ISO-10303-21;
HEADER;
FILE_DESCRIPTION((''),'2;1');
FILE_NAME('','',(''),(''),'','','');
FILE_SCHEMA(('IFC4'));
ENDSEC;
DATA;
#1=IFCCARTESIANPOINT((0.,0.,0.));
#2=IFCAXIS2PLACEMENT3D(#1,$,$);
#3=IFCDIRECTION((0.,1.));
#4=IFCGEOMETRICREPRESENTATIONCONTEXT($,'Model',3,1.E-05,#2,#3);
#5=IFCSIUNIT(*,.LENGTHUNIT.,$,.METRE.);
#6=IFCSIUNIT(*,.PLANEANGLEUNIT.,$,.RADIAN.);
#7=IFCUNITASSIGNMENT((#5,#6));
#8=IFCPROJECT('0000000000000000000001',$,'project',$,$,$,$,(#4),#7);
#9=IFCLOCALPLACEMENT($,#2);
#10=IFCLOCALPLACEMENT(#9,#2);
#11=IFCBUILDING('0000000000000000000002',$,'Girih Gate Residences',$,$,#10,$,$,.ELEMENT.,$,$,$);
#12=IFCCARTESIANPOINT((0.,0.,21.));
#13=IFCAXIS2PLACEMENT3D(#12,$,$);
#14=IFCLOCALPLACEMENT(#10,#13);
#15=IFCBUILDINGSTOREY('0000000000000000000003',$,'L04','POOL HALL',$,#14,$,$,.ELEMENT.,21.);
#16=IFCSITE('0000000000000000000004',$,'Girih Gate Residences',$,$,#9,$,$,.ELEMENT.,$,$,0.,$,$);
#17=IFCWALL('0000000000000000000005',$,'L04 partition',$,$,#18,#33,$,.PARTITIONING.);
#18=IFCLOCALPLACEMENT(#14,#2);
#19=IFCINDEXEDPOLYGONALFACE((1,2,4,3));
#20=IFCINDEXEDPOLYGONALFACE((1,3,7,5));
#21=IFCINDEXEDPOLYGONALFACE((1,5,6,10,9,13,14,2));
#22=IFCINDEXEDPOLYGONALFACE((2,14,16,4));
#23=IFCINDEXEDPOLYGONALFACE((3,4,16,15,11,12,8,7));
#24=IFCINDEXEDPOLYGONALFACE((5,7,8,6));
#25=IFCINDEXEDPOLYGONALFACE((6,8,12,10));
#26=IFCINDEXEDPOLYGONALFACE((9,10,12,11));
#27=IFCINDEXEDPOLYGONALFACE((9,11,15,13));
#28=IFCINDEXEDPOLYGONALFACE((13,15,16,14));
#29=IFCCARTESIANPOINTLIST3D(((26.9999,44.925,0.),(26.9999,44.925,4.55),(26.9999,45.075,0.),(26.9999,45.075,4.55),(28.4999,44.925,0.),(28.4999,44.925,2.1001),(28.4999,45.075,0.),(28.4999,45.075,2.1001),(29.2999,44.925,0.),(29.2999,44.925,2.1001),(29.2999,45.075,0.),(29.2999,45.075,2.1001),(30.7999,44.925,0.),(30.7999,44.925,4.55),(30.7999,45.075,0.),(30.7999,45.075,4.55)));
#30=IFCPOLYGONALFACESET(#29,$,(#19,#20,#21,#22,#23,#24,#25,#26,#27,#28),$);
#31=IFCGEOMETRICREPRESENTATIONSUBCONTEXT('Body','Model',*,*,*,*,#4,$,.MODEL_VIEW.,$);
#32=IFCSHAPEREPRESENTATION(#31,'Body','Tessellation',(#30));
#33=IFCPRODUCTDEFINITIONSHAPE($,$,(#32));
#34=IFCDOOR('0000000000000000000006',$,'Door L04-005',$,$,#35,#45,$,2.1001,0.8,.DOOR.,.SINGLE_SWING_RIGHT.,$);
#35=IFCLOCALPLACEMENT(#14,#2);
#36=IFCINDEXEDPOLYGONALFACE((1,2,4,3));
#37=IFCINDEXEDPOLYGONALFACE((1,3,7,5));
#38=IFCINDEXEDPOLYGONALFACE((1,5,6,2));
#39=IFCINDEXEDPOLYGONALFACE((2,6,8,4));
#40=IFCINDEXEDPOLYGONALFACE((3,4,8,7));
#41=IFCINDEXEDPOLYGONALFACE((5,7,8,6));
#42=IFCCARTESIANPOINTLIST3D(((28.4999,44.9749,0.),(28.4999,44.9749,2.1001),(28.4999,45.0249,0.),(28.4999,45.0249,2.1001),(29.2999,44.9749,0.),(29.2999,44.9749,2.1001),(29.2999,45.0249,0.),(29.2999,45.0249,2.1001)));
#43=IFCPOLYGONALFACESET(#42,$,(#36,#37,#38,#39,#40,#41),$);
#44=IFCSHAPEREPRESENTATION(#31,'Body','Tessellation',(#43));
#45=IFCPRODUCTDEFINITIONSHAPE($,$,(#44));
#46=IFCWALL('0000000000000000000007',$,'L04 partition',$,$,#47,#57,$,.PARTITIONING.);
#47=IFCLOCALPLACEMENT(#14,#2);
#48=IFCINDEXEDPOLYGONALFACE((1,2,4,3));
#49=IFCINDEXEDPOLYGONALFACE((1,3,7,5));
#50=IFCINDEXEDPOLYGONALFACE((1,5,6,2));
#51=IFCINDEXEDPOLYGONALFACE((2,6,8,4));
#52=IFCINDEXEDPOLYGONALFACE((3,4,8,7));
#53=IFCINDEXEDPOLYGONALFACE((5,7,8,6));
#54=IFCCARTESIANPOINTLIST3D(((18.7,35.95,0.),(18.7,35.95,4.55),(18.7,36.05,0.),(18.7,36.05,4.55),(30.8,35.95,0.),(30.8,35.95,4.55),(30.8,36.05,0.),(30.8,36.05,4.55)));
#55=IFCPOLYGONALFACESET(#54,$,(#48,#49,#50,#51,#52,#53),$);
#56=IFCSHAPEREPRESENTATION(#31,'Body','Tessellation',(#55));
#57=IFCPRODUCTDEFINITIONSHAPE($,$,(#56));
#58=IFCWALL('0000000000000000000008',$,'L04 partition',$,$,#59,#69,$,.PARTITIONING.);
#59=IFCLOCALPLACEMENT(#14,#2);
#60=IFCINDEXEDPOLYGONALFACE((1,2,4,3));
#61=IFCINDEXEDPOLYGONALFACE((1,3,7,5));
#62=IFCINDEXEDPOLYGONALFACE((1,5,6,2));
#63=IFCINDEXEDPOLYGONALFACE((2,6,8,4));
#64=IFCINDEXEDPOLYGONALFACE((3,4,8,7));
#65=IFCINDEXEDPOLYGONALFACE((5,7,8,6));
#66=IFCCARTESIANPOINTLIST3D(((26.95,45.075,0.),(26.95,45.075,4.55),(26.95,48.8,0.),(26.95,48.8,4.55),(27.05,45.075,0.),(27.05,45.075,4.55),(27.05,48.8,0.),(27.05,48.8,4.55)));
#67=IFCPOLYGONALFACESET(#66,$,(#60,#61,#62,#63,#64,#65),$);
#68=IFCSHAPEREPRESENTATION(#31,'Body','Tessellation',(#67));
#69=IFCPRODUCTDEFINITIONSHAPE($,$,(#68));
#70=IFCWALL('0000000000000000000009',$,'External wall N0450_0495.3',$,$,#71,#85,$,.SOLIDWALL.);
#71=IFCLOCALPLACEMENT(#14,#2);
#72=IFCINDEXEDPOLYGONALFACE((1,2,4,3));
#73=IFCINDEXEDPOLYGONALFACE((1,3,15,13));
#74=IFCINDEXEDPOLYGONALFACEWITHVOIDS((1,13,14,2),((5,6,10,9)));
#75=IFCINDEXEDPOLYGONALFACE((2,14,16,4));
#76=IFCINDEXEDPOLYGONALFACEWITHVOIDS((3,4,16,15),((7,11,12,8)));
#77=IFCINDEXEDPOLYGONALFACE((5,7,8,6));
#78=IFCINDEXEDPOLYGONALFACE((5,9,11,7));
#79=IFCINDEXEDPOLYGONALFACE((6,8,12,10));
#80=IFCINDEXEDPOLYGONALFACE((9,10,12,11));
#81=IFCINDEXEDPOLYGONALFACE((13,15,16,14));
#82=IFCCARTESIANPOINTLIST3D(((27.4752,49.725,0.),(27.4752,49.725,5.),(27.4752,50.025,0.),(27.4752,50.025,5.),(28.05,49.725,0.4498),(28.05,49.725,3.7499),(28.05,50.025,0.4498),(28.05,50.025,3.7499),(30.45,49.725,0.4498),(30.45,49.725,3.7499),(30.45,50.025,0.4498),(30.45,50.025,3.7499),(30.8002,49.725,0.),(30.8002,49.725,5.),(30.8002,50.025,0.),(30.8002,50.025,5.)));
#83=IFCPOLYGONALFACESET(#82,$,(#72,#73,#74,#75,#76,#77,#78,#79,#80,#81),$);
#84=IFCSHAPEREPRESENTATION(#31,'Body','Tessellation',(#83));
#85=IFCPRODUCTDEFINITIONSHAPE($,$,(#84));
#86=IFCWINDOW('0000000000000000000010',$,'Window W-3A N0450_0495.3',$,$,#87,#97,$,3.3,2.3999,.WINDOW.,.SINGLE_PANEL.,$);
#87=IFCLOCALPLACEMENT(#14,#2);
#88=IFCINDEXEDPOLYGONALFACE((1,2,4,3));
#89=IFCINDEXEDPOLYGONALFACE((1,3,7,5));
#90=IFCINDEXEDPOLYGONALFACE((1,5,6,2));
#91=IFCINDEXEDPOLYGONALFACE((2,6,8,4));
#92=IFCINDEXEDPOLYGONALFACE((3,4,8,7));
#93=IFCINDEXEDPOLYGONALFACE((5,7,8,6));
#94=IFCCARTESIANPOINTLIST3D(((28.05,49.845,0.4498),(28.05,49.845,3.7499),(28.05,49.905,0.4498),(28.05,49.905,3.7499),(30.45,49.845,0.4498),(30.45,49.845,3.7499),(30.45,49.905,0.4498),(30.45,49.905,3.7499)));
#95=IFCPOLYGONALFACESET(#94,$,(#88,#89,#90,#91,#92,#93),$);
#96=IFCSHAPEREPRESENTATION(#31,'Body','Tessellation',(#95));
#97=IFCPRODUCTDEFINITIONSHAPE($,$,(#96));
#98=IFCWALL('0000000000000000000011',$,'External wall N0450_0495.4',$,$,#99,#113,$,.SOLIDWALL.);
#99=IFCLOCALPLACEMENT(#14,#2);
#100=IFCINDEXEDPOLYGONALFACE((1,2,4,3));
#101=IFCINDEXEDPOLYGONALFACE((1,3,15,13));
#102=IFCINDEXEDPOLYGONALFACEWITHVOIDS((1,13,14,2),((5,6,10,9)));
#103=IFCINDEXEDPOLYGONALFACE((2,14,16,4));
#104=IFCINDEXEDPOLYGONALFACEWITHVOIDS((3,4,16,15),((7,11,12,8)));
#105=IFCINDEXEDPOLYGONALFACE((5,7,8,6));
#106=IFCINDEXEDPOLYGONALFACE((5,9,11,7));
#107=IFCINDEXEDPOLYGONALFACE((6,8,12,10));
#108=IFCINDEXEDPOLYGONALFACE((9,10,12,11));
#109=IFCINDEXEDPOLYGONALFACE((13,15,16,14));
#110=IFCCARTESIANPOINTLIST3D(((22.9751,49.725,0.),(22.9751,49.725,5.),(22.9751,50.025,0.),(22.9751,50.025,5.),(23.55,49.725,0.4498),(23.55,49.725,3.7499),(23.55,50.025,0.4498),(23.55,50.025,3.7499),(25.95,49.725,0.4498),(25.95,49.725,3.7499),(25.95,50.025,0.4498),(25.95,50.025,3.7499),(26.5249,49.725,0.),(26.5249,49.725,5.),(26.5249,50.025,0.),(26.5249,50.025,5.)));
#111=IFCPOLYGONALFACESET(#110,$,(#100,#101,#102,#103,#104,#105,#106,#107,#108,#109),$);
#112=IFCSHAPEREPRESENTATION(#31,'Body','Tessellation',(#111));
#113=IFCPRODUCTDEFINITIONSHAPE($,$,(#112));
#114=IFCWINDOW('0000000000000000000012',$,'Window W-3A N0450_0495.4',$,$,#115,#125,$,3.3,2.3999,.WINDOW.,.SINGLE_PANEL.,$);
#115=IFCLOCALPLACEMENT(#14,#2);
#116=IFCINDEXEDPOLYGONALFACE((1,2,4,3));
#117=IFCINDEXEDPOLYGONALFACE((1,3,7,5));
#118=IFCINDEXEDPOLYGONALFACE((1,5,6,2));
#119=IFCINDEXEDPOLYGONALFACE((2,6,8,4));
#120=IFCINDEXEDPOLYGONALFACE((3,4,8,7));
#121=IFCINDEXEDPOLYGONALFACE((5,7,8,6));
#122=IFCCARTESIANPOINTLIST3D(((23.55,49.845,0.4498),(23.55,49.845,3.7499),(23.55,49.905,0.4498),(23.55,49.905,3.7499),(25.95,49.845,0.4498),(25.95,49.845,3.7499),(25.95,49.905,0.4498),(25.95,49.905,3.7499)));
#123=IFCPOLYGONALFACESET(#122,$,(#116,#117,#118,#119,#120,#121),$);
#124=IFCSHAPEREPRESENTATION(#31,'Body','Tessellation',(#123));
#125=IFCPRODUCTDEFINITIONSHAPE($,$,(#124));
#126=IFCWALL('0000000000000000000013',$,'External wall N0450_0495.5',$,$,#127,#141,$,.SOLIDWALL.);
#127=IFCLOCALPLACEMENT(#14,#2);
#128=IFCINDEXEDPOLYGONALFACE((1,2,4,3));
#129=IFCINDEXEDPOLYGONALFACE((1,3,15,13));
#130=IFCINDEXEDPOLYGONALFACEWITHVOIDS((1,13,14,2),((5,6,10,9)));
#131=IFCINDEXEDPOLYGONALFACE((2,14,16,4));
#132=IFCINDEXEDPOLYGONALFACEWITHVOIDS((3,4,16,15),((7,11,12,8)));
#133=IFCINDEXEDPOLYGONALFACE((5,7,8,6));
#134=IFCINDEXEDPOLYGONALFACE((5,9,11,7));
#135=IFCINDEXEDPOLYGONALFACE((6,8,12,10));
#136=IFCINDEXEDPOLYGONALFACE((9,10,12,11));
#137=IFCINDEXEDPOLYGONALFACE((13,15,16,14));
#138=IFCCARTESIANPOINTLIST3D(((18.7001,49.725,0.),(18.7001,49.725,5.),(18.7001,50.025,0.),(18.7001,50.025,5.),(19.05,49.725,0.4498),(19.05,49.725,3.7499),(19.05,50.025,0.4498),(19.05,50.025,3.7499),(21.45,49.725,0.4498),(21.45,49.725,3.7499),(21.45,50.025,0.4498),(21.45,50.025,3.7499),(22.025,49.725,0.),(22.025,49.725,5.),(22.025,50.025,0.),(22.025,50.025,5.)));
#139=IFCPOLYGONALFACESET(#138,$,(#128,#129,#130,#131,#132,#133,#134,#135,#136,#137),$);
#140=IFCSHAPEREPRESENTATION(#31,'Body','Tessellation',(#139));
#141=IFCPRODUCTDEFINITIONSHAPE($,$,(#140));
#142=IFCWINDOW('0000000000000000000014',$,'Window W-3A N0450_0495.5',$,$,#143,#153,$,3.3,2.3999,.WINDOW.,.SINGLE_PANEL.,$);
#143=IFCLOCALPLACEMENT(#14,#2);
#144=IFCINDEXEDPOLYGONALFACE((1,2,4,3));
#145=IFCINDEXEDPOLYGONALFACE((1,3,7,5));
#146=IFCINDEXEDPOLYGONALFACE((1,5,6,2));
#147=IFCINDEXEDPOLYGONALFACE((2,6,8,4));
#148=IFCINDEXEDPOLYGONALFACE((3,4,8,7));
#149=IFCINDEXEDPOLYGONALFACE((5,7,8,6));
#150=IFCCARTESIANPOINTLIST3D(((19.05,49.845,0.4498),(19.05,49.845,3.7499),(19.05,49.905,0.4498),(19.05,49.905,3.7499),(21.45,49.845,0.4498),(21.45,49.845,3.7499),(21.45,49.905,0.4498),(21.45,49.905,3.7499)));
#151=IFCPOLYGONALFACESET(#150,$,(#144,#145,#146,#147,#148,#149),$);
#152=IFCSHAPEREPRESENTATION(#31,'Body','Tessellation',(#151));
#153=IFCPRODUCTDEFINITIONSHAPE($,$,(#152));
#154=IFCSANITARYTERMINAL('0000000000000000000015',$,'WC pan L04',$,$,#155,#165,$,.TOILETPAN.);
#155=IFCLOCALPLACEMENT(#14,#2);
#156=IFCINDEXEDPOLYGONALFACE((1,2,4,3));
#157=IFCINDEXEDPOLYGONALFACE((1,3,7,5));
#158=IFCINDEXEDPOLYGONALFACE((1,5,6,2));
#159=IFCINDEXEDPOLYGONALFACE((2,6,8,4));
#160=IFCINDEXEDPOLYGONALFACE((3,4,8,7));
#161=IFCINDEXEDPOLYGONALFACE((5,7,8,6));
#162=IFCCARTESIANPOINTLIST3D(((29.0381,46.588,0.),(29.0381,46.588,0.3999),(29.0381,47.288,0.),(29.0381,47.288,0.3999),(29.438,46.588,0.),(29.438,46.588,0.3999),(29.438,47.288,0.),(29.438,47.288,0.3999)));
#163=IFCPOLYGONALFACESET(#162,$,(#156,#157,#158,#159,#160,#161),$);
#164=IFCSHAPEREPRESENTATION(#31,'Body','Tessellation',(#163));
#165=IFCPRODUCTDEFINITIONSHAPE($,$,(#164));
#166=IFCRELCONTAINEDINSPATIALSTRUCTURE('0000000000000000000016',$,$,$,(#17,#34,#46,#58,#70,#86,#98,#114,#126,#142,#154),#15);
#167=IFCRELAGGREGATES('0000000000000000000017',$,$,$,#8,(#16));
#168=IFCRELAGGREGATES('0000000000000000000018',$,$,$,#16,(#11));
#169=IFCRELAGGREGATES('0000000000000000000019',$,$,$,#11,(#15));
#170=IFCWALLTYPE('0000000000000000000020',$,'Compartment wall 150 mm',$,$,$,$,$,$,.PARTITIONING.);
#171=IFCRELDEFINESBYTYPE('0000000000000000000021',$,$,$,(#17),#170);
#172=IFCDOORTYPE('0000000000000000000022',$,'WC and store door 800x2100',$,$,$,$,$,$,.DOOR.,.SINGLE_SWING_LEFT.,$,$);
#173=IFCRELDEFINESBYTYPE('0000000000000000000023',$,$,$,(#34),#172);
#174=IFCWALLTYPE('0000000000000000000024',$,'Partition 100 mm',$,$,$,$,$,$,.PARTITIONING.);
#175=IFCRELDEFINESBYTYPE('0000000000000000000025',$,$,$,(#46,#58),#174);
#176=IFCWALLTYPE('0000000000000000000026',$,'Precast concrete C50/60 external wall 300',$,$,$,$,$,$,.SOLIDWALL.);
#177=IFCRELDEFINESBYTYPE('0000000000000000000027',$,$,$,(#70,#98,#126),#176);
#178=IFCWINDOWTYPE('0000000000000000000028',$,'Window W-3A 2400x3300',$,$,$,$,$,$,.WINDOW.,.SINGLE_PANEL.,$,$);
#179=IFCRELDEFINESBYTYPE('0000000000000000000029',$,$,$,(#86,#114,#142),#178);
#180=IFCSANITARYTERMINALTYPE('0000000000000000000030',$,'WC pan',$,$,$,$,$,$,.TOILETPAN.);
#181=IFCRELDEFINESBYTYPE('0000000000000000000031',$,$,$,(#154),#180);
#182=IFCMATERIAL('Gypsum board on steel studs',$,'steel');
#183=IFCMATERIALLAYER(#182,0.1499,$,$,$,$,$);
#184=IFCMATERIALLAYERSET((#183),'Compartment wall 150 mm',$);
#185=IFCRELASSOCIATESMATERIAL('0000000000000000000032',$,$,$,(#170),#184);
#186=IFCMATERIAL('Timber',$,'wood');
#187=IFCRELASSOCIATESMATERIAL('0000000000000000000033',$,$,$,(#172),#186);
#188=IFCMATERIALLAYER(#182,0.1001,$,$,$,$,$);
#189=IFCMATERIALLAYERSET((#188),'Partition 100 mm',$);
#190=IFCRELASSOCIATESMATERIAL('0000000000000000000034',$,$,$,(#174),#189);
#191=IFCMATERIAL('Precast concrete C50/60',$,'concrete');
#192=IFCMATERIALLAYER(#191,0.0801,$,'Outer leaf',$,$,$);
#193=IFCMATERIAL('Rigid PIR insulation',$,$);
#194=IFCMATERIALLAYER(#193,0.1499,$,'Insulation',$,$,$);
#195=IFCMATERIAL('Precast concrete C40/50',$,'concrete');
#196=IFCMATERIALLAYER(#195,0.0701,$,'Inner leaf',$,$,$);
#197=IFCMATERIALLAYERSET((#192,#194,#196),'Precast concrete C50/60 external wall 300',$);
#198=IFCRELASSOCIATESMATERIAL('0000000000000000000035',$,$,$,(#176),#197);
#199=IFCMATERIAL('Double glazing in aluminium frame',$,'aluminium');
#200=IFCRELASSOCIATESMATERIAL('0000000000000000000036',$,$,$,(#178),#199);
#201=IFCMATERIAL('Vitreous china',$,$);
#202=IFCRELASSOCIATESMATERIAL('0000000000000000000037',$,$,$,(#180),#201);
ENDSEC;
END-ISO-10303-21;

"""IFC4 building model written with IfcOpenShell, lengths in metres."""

from ifc_helpers import new_model, si_unit, direction, frame, frame_2d, origin, origin_2d, place, context, subcontext, project, spatial, rectangle, extrude, material, layer, layer_set, type_object, element, fill, save


model = new_model("IFC4")

# Units and contexts
model_context = context("Model", 3, precision=1e-05, world=origin(), true_north=direction((0.0, 1.0)))
body_context = subcontext(model_context, "Body", "Model", "MODEL_VIEW")
ifc_project = project(units=[si_unit("LENGTHUNIT", "METRE"), si_unit("PLANEANGLEUNIT", "RADIAN")], contexts=[model_context])

# Site, building, storey
site_placement = place(None, origin())
site = spatial("IfcSite", under=ifc_project, at=site_placement, Name="Girih Gate Residences", CompositionType="ELEMENT", RefElevation=0.0)
building_placement = place(site_placement, origin())
building = spatial("IfcBuilding", under=site, at=building_placement, Name="Girih Gate Residences", CompositionType="ELEMENT")
storey_placement = place(building_placement, frame((0.0, 0.0, 21.0)))
storey = spatial("IfcBuildingStorey", under=building, at=storey_placement, Name="L04", Description="POOL HALL", CompositionType="ELEMENT", Elevation=21.0)

# Shared definitions
ifc_material_1 = material(Name="Gypsum board on steel studs", Category="steel")
ifc_layer_1 = layer(ifc_material_1, 0.1499)
ifc_layer_set_1 = layer_set([ifc_layer_1], Name="Compartment wall 150 mm")
wall_type_1 = type_object("IfcWallType", Name="Compartment wall 150 mm", PredefinedType="PARTITIONING", material=ifc_layer_set_1)
ifc_material_2 = material(Name="Timber", Category="wood")
door_type_1 = type_object("IfcDoorType", Name="WC and store door 800x2100", OperationType="SINGLE_SWING_LEFT", PredefinedType="DOOR", material=ifc_material_2)

# Wall, opening, door
wall_1_placement = place(storey_placement, frame((27.0, 45.0, 0.0), z_axis=(0.0, 0.0, 1.0), x_axis=(1.0, 0.0, 0.0)))
wall_1 = element("IfcWall", 1, at=wall_1_placement, inside=storey, type_object=wall_type_1, Name="L04 partition", PredefinedType="PARTITIONING", context=body_context, shape_type="SweptSolid", body=[
    extrude(rectangle(XDim=3.8, YDim=0.1499, at=frame_2d((1.8999, 0.0))), origin(), (0.0, 0.0, 1.0), 4.55),
])
opening_1_placement = place(wall_1_placement, frame((1.5, 0.0, 0.0)))
opening_1 = element("IfcOpeningElement", 2, at=opening_1_placement, cuts=wall_1, PredefinedType="OPENING", context=body_context, shape_type="SweptSolid", body=[
    extrude(rectangle(XDim=0.8, YDim=2.1001, at=frame_2d((0.3999, 1.05))), frame((0.0, 0.085, 0.0), z_axis=(0.0, -1.0, 0.0), x_axis=(1.0, 0.0, 0.0)), (0.0, 0.0, 1.0), 0.1699),
])
door_1_placement = place(opening_1_placement, origin())
door_1 = element("IfcDoor", 3, at=door_1_placement, inside=storey, type_object=door_type_1, Name="Door L04-005", OperationType="SINGLE_SWING_RIGHT", OverallHeight=2.1001, OverallWidth=0.8, PredefinedType="DOOR", context=body_context, shape_type="SweptSolid", body=[
    extrude(rectangle(XDim=0.8, YDim=2.1001, at=frame_2d((0.3999, 1.05))), frame((0.0, 0.0249, 0.0), z_axis=(0.0, -1.0, 0.0), x_axis=(1.0, 0.0, 0.0)), (0.0, 0.0, 1.0), 0.05),
])
fill(opening_1, door_1)

# Walls
ifc_layer_2 = layer(ifc_material_1, 0.1001)
ifc_layer_set_2 = layer_set([ifc_layer_2], Name="Partition 100 mm")
wall_type_2 = type_object("IfcWallType", Name="Partition 100 mm", PredefinedType="PARTITIONING", material=ifc_layer_set_2)
wall_2_placement = place(storey_placement, frame((18.7, 36.0, 0.0), z_axis=(0.0, 0.0, 1.0), x_axis=(1.0, 0.0, 0.0)))
element("IfcWall", 4, at=wall_2_placement, inside=storey, type_object=wall_type_2, Name="L04 partition", PredefinedType="PARTITIONING", context=body_context, shape_type="SweptSolid", body=[
    extrude(rectangle(XDim=12.1001, YDim=0.1001, at=frame_2d((6.05, 0.0))), origin(), (0.0, 0.0, 1.0), 4.55),
])
wall_3_placement = place(storey_placement, frame((27.0, 45.075, 0.0), z_axis=(0.0, 0.0, 1.0), x_axis=(0.0, 1.0, 0.0)))
element("IfcWall", 5, at=wall_3_placement, inside=storey, type_object=wall_type_2, Name="L04 partition", PredefinedType="PARTITIONING", context=body_context, shape_type="SweptSolid", body=[
    extrude(rectangle(XDim=3.7251, YDim=0.1001, at=frame_2d((1.8625, 0.0))), origin(), (0.0, 0.0, 1.0), 4.55),
])

# Walls, openings, windows
ifc_material_3 = material(Name="Precast concrete C50/60", Category="concrete")
ifc_layer_3 = layer(ifc_material_3, 0.0801, Name="Outer leaf")
ifc_material_4 = material(Name="Rigid PIR insulation")
ifc_layer_4 = layer(ifc_material_4, 0.1499, Name="Insulation")
ifc_material_5 = material(Name="Precast concrete C40/50", Category="concrete")
ifc_layer_5 = layer(ifc_material_5, 0.0701, Name="Inner leaf")
ifc_layer_set_3 = layer_set([ifc_layer_3, ifc_layer_4, ifc_layer_5], Name="Precast concrete C50/60 external wall 300")
wall_type_3 = type_object("IfcWallType", Name="Precast concrete C50/60 external wall 300", PredefinedType="SOLIDWALL", material=ifc_layer_set_3)
wall_4_placement = place(storey_placement, frame((27.4751, 49.875, 0.0), z_axis=(0.0, 0.0, 1.0), x_axis=(1.0, 0.0, 0.0)))
wall_4 = element("IfcWall", 6, at=wall_4_placement, inside=storey, type_object=wall_type_3, Name="External wall N0450_0495.3", PredefinedType="SOLIDWALL", context=body_context, shape_type="SweptSolid", body=[
    extrude(rectangle(XDim=3.325, YDim=0.3, at=frame_2d((1.6626, 0.0))), origin(), (0.0, 0.0, 1.0), 5.0),
])
opening_2_placement = place(wall_4_placement, frame((0.575, 0.0, 0.45)))
opening_2 = element("IfcOpeningElement", 7, at=opening_2_placement, cuts=wall_4, PredefinedType="OPENING", context=body_context, shape_type="SweptSolid", body=[
    extrude(rectangle(XDim=2.3999, YDim=3.3, at=frame_2d((1.2, 1.6499))), frame((0.0, 0.1599, 0.0), z_axis=(0.0, -1.0, 0.0), x_axis=(1.0, 0.0, 0.0)), (0.0, 0.0, 1.0), 0.3201),
])
ifc_material_6 = material(Name="Double glazing in aluminium frame", Category="aluminium")
window_type = type_object("IfcWindowType", Name="Window W-3A 2400x3300", PartitioningType="SINGLE_PANEL", PredefinedType="WINDOW", material=ifc_material_6)
window_1_placement = place(opening_2_placement, origin())
window_1 = element("IfcWindow", 8, at=window_1_placement, inside=storey, type_object=window_type, Name="Window W-3A N0450_0495.3", OverallHeight=3.3, OverallWidth=2.3999, PartitioningType="SINGLE_PANEL", PredefinedType="WINDOW", context=body_context, shape_type="SweptSolid", body=[
    extrude(rectangle(XDim=2.3999, YDim=3.3, at=frame_2d((1.2, 1.6499))), frame((0.0, 0.03, 0.0), z_axis=(0.0, -1.0, 0.0), x_axis=(1.0, 0.0, 0.0)), (0.0, 0.0, 1.0), 0.0601),
])
fill(opening_2, window_1)
wall_5_placement = place(storey_placement, frame((22.9751, 49.875, 0.0), z_axis=(0.0, 0.0, 1.0), x_axis=(1.0, 0.0, 0.0)))
wall_5 = element("IfcWall", 9, at=wall_5_placement, inside=storey, type_object=wall_type_3, Name="External wall N0450_0495.4", PredefinedType="SOLIDWALL", context=body_context, shape_type="SweptSolid", body=[
    extrude(rectangle(XDim=3.5498, YDim=0.3, at=frame_2d((1.7749, 0.0))), origin(), (0.0, 0.0, 1.0), 5.0),
])
opening_3_placement = place(wall_5_placement, frame((0.575, 0.0, 0.45)))
opening_3 = element("IfcOpeningElement", 10, at=opening_3_placement, cuts=wall_5, PredefinedType="OPENING", context=body_context, shape_type="SweptSolid", body=[
    extrude(rectangle(XDim=2.3999, YDim=3.3, at=frame_2d((1.2, 1.6499))), frame((0.0, 0.1599, 0.0), z_axis=(0.0, -1.0, 0.0), x_axis=(1.0, 0.0, 0.0)), (0.0, 0.0, 1.0), 0.3201),
])
window_2_placement = place(opening_3_placement, origin())
window_2 = element("IfcWindow", 11, at=window_2_placement, inside=storey, type_object=window_type, Name="Window W-3A N0450_0495.4", OverallHeight=3.3, OverallWidth=2.3999, PartitioningType="SINGLE_PANEL", PredefinedType="WINDOW", context=body_context, shape_type="SweptSolid", body=[
    extrude(rectangle(XDim=2.3999, YDim=3.3, at=frame_2d((1.2, 1.6499))), frame((0.0, 0.03, 0.0), z_axis=(0.0, -1.0, 0.0), x_axis=(1.0, 0.0, 0.0)), (0.0, 0.0, 1.0), 0.0601),
])
fill(opening_3, window_2)
wall_6_placement = place(storey_placement, frame((18.7, 49.875, 0.0), z_axis=(0.0, 0.0, 1.0), x_axis=(1.0, 0.0, 0.0)))
wall_6 = element("IfcWall", 12, at=wall_6_placement, inside=storey, type_object=wall_type_3, Name="External wall N0450_0495.5", PredefinedType="SOLIDWALL", context=body_context, shape_type="SweptSolid", body=[
    extrude(rectangle(XDim=3.325, YDim=0.3, at=frame_2d((1.6626, 0.0))), origin(), (0.0, 0.0, 1.0), 5.0),
])
opening_4_placement = place(wall_6_placement, frame((0.3501, 0.0, 0.45)))
opening_4 = element("IfcOpeningElement", 13, at=opening_4_placement, cuts=wall_6, PredefinedType="OPENING", context=body_context, shape_type="SweptSolid", body=[
    extrude(rectangle(XDim=2.3999, YDim=3.3, at=frame_2d((1.2, 1.6499))), frame((0.0, 0.1599, 0.0), z_axis=(0.0, -1.0, 0.0), x_axis=(1.0, 0.0, 0.0)), (0.0, 0.0, 1.0), 0.3201),
])
window_3_placement = place(opening_4_placement, origin())
window_3 = element("IfcWindow", 14, at=window_3_placement, inside=storey, type_object=window_type, Name="Window W-3A N0450_0495.5", OverallHeight=3.3, OverallWidth=2.3999, PartitioningType="SINGLE_PANEL", PredefinedType="WINDOW", context=body_context, shape_type="SweptSolid", body=[
    extrude(rectangle(XDim=2.3999, YDim=3.3, at=frame_2d((1.2, 1.6499))), frame((0.0, 0.03, 0.0), z_axis=(0.0, -1.0, 0.0), x_axis=(1.0, 0.0, 0.0)), (0.0, 0.0, 1.0), 0.0601),
])
fill(opening_4, window_3)

# Sanitary terminal
ifc_material_7 = material(Name="Vitreous china")
sanitary_terminal_type = type_object("IfcSanitaryTerminalType", Name="WC pan", PredefinedType="TOILETPAN", material=ifc_material_7)
sanitary_terminal_placement = place(storey_placement, frame((29.238, 46.938, 0.0), z_axis=(0.0, 0.0, 1.0), x_axis=(1.0, 0.0, 0.0)))
element("IfcSanitaryTerminal", 15, at=sanitary_terminal_placement, inside=storey, type_object=sanitary_terminal_type, Name="WC pan L04", PredefinedType="TOILETPAN", context=body_context, shape_type="SweptSolid", body=[
    extrude(rectangle(XDim=0.3999, YDim=0.7, at=origin_2d()), origin(), (0.0, 0.0, 1.0), 0.3999),
])

save(model, "model.ifc")
